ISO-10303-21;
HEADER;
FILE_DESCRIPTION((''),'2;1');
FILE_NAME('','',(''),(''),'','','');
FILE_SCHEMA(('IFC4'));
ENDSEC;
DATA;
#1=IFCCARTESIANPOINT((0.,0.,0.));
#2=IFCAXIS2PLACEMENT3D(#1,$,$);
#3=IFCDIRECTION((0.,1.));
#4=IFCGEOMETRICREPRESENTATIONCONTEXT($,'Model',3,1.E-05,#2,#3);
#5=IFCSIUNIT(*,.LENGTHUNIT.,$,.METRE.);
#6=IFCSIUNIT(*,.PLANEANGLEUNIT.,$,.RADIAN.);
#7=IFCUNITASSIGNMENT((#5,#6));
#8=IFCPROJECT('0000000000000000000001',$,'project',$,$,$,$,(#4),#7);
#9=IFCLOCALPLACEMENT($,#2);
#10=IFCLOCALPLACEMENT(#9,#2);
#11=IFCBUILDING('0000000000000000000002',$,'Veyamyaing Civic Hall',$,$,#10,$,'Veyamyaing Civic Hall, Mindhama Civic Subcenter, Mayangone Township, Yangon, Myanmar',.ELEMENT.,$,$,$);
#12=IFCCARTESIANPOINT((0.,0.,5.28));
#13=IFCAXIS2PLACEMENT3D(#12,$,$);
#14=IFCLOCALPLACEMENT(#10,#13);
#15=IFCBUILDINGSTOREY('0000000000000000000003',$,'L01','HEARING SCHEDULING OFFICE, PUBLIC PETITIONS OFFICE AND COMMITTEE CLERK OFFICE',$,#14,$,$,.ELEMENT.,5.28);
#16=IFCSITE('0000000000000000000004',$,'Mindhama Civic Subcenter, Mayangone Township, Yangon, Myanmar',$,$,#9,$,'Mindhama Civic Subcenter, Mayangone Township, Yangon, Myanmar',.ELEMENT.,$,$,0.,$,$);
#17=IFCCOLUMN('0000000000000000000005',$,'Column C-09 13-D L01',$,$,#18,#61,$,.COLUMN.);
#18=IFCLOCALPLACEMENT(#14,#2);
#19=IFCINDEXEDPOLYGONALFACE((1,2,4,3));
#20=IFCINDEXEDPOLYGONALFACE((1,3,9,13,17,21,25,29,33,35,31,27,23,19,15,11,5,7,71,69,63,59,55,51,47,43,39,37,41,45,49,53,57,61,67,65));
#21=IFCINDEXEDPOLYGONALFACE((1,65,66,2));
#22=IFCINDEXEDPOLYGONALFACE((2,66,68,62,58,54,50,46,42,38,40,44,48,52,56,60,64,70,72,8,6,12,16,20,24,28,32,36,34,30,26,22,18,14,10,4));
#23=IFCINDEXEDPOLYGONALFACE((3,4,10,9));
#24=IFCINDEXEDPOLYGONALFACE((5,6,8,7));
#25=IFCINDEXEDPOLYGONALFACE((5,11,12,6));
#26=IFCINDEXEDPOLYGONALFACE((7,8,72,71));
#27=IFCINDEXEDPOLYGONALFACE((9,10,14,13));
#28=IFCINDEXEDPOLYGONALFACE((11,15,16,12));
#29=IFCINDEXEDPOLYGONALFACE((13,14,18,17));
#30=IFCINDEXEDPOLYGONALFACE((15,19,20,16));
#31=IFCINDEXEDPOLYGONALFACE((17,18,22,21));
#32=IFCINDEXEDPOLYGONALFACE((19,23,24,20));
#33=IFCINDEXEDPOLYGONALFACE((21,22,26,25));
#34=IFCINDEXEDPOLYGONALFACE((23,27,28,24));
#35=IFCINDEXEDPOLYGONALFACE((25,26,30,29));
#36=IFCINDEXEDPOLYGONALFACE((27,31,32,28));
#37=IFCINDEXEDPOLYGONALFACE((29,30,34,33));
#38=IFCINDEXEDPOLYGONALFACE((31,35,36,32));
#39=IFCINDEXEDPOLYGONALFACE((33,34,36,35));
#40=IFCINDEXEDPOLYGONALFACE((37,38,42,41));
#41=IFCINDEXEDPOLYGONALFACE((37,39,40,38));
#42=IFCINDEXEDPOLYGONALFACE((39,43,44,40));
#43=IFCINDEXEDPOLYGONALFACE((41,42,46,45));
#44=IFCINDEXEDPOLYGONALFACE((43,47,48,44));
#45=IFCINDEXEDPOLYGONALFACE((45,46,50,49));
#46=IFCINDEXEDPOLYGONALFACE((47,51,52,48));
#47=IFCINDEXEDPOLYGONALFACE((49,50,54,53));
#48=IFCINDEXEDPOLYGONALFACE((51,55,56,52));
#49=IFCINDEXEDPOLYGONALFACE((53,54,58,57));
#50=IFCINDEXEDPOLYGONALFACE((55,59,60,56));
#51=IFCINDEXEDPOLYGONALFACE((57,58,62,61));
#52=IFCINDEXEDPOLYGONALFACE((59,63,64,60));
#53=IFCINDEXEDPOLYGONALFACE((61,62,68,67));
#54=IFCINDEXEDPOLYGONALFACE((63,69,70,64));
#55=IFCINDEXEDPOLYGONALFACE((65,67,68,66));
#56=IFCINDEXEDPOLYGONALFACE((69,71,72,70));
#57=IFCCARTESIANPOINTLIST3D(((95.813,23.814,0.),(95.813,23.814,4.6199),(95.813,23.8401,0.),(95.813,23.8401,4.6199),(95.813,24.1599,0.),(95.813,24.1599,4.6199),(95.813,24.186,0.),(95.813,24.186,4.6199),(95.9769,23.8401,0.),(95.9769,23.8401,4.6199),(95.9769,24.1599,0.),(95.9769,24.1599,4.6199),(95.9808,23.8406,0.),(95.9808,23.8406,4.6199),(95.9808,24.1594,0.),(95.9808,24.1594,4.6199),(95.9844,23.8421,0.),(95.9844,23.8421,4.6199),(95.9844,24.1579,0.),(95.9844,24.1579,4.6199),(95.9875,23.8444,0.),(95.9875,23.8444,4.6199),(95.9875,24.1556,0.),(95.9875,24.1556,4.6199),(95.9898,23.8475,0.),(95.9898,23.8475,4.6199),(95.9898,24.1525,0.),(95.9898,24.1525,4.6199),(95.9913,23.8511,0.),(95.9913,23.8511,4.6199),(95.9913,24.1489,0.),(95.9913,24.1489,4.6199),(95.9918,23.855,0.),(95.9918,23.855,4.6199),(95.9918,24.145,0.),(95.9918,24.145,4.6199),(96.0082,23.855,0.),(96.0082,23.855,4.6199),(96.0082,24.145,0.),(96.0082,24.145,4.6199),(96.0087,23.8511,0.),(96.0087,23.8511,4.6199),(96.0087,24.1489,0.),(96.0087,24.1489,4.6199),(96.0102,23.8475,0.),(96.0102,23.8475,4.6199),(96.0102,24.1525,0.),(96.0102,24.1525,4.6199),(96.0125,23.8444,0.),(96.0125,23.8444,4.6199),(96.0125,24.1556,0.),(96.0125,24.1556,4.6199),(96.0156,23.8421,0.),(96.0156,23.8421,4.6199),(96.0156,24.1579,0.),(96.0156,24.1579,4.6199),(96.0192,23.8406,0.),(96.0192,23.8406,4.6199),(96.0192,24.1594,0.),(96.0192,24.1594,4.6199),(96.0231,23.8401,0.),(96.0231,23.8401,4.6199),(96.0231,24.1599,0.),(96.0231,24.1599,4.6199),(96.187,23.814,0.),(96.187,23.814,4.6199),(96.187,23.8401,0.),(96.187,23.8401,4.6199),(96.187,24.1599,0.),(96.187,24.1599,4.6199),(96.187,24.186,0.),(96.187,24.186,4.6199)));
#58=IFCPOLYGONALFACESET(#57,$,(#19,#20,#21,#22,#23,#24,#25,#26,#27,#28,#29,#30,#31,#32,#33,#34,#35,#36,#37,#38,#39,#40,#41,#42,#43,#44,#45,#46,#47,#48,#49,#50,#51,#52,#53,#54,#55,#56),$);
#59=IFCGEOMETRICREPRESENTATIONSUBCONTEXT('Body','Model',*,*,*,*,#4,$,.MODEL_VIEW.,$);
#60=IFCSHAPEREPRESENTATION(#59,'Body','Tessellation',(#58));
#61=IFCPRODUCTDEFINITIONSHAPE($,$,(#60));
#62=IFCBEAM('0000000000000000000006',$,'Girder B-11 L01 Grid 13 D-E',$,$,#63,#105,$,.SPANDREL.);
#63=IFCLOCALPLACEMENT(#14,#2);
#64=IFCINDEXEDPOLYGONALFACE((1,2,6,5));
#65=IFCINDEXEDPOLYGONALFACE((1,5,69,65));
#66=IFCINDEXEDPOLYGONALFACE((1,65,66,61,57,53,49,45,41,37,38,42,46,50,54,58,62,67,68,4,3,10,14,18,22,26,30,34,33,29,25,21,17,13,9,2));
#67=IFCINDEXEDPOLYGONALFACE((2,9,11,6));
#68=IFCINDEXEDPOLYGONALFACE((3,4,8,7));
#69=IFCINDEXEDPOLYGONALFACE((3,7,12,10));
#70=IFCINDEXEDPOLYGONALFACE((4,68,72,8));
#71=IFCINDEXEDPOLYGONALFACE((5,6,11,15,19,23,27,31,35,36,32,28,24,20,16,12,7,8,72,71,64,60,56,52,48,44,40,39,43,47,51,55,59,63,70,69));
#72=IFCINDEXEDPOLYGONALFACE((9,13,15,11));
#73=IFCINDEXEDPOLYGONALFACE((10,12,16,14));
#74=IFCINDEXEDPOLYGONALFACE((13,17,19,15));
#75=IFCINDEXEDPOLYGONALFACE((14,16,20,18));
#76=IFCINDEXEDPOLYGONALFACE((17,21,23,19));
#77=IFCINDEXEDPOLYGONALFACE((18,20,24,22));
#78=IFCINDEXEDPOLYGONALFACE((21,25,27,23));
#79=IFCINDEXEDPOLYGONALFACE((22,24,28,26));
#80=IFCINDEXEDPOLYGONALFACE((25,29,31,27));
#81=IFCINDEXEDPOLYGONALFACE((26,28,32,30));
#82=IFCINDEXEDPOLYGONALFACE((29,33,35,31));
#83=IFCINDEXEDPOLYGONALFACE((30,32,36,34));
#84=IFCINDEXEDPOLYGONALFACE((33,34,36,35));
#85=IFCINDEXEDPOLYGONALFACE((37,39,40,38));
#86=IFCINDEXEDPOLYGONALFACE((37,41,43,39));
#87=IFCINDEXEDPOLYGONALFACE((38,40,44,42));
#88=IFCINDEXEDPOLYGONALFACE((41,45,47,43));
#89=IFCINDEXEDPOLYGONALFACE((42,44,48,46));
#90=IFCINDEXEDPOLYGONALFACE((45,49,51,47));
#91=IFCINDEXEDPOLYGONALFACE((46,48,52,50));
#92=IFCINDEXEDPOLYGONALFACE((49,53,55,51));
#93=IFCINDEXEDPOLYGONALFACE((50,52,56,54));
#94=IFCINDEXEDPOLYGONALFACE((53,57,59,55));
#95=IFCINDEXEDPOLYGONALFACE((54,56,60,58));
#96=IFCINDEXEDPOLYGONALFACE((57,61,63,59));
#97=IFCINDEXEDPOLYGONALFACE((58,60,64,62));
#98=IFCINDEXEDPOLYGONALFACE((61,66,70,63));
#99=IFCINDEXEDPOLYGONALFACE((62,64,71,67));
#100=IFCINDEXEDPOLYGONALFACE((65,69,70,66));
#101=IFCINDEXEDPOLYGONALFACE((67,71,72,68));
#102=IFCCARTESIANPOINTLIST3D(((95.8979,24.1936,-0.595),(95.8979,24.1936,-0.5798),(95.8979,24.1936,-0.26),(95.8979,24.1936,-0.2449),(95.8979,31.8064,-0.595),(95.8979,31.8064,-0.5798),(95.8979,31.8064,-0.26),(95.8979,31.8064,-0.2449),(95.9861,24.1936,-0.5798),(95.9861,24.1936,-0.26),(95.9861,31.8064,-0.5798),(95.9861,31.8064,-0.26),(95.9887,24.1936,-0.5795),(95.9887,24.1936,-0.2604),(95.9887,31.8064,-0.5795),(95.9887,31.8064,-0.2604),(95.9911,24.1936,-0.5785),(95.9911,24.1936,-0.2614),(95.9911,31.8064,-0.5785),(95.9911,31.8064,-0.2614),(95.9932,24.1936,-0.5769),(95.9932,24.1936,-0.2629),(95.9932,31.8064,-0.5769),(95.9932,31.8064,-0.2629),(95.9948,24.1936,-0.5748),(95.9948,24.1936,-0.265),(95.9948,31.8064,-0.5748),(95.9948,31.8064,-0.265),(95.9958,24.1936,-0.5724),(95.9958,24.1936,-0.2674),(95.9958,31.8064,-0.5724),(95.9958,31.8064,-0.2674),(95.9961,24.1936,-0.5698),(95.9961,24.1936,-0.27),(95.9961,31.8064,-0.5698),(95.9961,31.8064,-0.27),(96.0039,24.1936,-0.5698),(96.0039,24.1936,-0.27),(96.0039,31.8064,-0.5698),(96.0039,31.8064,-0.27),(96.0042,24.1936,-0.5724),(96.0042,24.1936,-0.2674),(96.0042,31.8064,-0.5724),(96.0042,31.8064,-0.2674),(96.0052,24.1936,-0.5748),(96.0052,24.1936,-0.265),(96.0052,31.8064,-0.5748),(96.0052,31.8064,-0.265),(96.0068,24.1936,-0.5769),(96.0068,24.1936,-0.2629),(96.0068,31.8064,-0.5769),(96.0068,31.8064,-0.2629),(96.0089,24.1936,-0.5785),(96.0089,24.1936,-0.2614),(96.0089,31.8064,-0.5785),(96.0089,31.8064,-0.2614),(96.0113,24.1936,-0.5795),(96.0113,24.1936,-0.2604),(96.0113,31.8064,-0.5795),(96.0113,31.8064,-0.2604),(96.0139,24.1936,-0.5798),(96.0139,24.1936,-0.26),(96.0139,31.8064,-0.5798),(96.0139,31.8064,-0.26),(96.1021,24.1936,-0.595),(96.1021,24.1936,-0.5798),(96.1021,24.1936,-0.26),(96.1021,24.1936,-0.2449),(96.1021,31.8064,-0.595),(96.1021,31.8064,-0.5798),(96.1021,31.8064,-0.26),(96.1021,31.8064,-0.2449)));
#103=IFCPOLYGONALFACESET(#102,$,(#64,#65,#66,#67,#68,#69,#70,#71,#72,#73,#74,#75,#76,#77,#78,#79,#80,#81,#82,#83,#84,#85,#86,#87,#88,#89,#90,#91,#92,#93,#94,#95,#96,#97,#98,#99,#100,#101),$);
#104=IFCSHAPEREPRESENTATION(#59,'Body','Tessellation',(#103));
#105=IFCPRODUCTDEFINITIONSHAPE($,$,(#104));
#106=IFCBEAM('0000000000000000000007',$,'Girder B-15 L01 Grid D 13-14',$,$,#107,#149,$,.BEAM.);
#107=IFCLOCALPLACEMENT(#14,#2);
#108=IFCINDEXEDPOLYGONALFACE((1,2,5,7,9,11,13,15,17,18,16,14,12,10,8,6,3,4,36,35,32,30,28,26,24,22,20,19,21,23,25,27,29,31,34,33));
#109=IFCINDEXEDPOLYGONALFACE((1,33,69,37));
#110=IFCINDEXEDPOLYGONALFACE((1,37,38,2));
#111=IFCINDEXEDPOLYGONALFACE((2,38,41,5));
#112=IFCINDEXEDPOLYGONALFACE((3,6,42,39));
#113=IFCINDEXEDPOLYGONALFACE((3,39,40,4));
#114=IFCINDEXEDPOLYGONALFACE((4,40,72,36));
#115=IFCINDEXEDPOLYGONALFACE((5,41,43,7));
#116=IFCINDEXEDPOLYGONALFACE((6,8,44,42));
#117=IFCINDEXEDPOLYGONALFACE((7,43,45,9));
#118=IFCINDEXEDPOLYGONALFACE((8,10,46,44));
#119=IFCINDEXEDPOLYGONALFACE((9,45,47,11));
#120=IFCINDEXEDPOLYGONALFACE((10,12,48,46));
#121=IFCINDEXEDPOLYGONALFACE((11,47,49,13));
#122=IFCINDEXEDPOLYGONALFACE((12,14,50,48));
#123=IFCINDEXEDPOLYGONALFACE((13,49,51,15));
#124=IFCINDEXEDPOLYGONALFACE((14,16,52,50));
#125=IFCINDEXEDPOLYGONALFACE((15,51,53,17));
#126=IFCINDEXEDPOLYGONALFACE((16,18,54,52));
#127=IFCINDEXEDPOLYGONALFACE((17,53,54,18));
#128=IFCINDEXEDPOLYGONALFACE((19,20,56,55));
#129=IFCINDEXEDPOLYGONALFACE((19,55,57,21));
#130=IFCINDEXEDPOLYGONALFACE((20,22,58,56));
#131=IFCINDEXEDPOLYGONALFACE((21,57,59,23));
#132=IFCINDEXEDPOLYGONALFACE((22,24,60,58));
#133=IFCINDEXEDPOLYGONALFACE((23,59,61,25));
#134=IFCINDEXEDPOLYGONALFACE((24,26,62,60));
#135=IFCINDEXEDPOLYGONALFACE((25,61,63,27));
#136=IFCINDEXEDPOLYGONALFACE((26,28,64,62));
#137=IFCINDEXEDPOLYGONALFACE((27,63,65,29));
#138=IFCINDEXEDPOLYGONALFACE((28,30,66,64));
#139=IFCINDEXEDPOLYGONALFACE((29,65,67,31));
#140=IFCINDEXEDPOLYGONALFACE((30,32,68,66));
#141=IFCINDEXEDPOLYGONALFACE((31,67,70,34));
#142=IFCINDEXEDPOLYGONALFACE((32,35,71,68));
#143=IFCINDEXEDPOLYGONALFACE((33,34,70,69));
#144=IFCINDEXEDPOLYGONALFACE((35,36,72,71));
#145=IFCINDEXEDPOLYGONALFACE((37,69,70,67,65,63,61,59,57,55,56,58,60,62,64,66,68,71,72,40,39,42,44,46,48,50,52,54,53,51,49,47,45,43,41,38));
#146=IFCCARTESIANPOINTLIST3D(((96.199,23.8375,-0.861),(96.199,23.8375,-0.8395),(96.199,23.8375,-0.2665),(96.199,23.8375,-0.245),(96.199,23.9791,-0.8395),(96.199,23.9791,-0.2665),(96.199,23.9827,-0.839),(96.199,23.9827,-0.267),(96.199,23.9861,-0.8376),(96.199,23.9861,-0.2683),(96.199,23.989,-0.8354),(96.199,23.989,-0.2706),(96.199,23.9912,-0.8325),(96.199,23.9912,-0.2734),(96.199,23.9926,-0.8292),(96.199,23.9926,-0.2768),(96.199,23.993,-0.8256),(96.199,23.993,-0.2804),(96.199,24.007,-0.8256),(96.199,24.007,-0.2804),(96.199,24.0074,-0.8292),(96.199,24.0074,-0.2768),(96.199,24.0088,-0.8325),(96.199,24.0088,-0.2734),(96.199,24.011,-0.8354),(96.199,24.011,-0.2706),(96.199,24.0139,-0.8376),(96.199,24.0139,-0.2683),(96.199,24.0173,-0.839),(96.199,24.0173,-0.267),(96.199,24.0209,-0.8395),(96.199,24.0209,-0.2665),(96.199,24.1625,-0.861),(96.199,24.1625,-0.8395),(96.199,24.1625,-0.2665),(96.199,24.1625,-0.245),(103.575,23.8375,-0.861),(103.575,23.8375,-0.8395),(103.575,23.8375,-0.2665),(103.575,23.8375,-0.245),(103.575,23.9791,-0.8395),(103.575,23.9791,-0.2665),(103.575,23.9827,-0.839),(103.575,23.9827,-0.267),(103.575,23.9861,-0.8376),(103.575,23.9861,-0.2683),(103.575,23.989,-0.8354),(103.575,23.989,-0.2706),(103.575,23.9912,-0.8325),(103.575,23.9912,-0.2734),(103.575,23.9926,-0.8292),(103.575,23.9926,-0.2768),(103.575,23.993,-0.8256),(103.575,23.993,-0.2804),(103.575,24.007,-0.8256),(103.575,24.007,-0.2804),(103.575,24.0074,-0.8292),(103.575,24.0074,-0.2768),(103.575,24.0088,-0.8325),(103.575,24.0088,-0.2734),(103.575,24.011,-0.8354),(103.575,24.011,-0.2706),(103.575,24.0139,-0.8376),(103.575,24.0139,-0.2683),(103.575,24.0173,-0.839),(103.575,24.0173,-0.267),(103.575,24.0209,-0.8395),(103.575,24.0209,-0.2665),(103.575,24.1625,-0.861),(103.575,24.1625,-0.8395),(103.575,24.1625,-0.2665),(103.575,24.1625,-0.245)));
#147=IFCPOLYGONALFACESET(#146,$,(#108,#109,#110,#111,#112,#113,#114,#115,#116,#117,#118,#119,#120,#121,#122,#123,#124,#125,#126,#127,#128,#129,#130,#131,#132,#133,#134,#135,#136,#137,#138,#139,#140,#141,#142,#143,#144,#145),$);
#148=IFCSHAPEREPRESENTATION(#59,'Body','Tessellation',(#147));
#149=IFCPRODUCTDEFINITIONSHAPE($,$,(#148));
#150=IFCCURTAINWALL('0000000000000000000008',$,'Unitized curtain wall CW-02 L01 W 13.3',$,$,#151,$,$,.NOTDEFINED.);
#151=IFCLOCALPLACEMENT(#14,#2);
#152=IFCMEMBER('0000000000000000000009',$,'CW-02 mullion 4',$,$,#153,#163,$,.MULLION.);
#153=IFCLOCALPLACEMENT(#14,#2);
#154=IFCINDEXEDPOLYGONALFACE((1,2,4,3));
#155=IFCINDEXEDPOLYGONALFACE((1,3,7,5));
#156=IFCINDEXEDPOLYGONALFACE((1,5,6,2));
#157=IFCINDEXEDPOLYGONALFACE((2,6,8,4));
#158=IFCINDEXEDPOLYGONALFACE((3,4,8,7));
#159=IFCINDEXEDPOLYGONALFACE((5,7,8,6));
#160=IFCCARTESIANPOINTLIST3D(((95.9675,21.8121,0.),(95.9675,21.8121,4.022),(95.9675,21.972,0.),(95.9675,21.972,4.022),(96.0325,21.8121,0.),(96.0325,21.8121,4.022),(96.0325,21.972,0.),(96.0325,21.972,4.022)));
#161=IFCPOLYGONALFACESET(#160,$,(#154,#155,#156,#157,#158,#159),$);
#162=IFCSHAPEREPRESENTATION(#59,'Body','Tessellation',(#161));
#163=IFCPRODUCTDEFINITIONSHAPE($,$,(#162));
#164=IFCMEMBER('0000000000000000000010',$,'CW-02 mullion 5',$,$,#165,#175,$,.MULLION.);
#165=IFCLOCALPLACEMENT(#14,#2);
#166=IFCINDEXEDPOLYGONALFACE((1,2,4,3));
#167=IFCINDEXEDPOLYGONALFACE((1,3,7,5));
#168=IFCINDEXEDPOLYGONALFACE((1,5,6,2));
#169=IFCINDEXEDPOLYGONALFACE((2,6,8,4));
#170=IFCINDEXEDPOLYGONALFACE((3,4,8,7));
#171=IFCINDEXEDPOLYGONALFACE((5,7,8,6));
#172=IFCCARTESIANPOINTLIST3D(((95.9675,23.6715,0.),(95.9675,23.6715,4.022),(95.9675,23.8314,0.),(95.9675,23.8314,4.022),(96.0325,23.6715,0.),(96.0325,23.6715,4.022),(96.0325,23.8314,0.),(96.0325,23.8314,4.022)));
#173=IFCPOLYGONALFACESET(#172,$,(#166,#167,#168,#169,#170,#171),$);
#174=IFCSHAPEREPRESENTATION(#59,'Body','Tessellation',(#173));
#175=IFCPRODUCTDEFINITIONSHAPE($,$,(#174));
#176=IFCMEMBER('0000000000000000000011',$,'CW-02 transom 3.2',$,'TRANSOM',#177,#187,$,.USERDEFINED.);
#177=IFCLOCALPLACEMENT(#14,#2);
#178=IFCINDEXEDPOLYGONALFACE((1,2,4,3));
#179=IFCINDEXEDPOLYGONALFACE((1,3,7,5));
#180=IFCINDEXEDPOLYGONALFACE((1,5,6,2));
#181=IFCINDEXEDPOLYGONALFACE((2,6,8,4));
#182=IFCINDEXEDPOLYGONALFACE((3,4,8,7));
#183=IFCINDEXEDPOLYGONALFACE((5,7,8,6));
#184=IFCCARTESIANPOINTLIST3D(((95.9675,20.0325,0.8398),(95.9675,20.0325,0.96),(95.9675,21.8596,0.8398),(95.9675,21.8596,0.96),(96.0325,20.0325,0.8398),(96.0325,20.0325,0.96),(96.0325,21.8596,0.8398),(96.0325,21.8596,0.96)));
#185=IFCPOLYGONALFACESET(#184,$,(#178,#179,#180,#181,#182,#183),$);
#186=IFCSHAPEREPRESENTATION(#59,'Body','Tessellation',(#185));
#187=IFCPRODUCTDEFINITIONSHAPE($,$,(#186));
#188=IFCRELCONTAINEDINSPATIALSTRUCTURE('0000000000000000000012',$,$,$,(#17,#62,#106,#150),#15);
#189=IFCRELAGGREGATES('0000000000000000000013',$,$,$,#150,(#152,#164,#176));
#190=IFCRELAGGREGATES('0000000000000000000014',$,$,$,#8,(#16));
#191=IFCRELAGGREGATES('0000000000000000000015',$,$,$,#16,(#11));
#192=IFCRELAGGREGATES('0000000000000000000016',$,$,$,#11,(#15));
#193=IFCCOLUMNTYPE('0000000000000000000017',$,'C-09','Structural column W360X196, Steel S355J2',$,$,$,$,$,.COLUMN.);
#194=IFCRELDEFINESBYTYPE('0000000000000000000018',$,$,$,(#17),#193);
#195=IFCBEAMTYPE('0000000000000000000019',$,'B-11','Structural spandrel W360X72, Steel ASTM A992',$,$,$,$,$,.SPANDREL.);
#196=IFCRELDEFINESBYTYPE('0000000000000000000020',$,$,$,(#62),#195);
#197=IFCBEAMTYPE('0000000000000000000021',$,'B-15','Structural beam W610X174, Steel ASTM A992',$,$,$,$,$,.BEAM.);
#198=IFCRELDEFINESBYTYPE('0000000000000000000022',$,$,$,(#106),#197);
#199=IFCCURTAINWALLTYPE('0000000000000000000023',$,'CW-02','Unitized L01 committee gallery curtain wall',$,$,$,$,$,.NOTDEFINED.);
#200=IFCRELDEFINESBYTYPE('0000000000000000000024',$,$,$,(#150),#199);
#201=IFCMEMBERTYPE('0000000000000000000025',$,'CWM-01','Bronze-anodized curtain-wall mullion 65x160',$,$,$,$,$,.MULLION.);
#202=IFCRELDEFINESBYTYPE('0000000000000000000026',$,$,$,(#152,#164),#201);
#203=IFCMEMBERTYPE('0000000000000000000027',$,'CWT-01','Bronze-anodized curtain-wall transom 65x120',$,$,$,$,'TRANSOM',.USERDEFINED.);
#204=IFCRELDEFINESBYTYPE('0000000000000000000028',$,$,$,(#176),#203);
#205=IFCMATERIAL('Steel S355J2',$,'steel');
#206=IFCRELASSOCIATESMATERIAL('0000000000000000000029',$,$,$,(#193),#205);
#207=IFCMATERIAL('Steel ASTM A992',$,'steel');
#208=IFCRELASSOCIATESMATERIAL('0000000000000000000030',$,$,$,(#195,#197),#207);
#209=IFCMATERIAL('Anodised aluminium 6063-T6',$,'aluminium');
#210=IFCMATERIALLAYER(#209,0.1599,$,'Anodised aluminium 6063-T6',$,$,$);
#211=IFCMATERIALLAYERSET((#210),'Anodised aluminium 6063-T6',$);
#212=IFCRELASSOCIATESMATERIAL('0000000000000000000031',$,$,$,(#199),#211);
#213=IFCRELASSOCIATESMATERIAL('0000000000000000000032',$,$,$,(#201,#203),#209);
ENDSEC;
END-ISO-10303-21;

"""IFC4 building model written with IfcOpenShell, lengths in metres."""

from ifc_helpers import new_model, si_unit, direction, frame, origin, origin_2d, place, context, subcontext, project, spatial, rectangle, i_section, extrude, material, layer, layer_set, material_profile, profile_set, type_object, element, aggregate, save


model = new_model("IFC4")

# Units and contexts
model_context = context("Model", 3, precision=1e-05, world=origin(), true_north=direction((0.0, 1.0)))
body_context = subcontext(model_context, "Body", "Model", "MODEL_VIEW")
ifc_project = project(units=[si_unit("LENGTHUNIT", "METRE"), si_unit("PLANEANGLEUNIT", "RADIAN")], contexts=[model_context])

# Site, building, storey
site_placement = place(None, origin())
site = spatial("IfcSite", under=ifc_project, at=site_placement, Name="Mindhama Civic Subcenter, Mayangone Township, Yangon, Myanmar", LongName="Mindhama Civic Subcenter, Mayangone Township, Yangon, Myanmar", CompositionType="ELEMENT", RefElevation=0.0)
building_placement = place(site_placement, origin())
building = spatial("IfcBuilding", under=site, at=building_placement, Name="Veyamyaing Civic Hall", LongName="Veyamyaing Civic Hall, Mindhama Civic Subcenter, Mayangone Township, Yangon, Myanmar", CompositionType="ELEMENT")
storey_placement = place(building_placement, frame((0.0, 0.0, 5.28)))
storey = spatial("IfcBuildingStorey", under=building, at=storey_placement, Name="L01", Description="HEARING SCHEDULING OFFICE, PUBLIC PETITIONS OFFICE AND COMMITTEE CLERK OFFICE", CompositionType="ELEMENT", Elevation=5.28)

# Column
ifc_material_1 = material(Name="Steel S355J2", Category="steel")
ifc_material_profile_1 = material_profile(ifc_material_1, i_section(OverallWidth=0.374, OverallDepth=0.3721, WebThickness=0.0164, FlangeThickness=0.0261, FilletRadius=0.0149, at=origin_2d()), Name="W360X196")
ifc_profile_set_1 = profile_set([ifc_material_profile_1], Name="Steel S355J2")
column_type = type_object("IfcColumnType", Name="C-09", Description="Structural column W360X196, Steel S355J2", PredefinedType="COLUMN", material=ifc_profile_set_1)
column_placement = place(storey_placement, frame((96.0, 24.0, 0.0), z_axis=(0.0, 0.0, 1.0), x_axis=(1.0, 0.0, 0.0)))
element("IfcColumn", 1, at=column_placement, inside=storey, type_object=column_type, Name="Column C-09 13-D L01", PredefinedType="COLUMN", context=body_context, shape_type="SweptSolid", body=[
    extrude(i_section(OverallWidth=0.374, OverallDepth=0.3721, WebThickness=0.0164, FlangeThickness=0.0261, FilletRadius=0.0149, at=origin_2d()), origin(), (0.0, 0.0, 1.0), 4.6199),
])

# Beams
ifc_material_2 = material(Name="Steel ASTM A992", Category="steel")
ifc_material_profile_2 = material_profile(ifc_material_2, i_section(OverallWidth=0.2041, OverallDepth=0.3501, WebThickness=0.0078, FlangeThickness=0.0151, FilletRadius=0.01, at=origin_2d()), Name="W360X72")
ifc_profile_set_2 = profile_set([ifc_material_profile_2], Name="Steel ASTM A992")
beam_type_1 = type_object("IfcBeamType", Name="B-11", Description="Structural spandrel W360X72, Steel ASTM A992", PredefinedType="SPANDREL", material=ifc_profile_set_2)
beam_1_placement = place(storey_placement, frame((96.0, 24.1936, -0.4199), z_axis=(0.0, 1.0, 0.0), x_axis=(-1.0, 0.0, 0.0)))
element("IfcBeam", 2, at=beam_1_placement, inside=storey, type_object=beam_type_1, Name="Girder B-11 L01 Grid 13 D-E", PredefinedType="SPANDREL", context=body_context, shape_type="SweptSolid", body=[
    extrude(i_section(OverallWidth=0.2041, OverallDepth=0.3501, WebThickness=0.0078, FlangeThickness=0.0151, FilletRadius=0.01, at=origin_2d()), origin(), (0.0, 0.0, 1.0), 7.6128),
])
ifc_material_profile_3 = material_profile(ifc_material_2, i_section(OverallWidth=0.325, OverallDepth=0.616, WebThickness=0.0139, FlangeThickness=0.0215, FilletRadius=0.0139, at=origin_2d()), Name="W610X174")
ifc_profile_set_3 = profile_set([ifc_material_profile_3], Name="Steel ASTM A992")
beam_type_2 = type_object("IfcBeamType", Name="B-15", Description="Structural beam W610X174, Steel ASTM A992", PredefinedType="BEAM", material=ifc_profile_set_3)
beam_2_placement = place(storey_placement, frame((96.199, 24.0, -0.553), z_axis=(1.0, 0.0, 0.0), x_axis=(0.0, 1.0, 0.0)))
element("IfcBeam", 3, at=beam_2_placement, inside=storey, type_object=beam_type_2, Name="Girder B-15 L01 Grid D 13-14", PredefinedType="BEAM", context=body_context, shape_type="SweptSolid", body=[
    extrude(i_section(OverallWidth=0.325, OverallDepth=0.616, WebThickness=0.0139, FlangeThickness=0.0215, FilletRadius=0.0139, at=origin_2d()), origin(), (0.0, 0.0, 1.0), 7.376),
])

# Curtain wall, members
ifc_material_3 = material(Name="Anodised aluminium 6063-T6", Category="aluminium")
ifc_layer_1 = layer(ifc_material_3, 0.1599, Name="Anodised aluminium 6063-T6")
ifc_layer_set_1 = layer_set([ifc_layer_1], Name="Anodised aluminium 6063-T6")
curtain_wall_type = type_object("IfcCurtainWallType", Name="CW-02", Description="Unitized L01 committee gallery curtain wall", PredefinedType="NOTDEFINED", material=ifc_layer_set_1)
curtain_wall_placement = place(storey_placement, origin())
curtain_wall = element("IfcCurtainWall", 4, at=curtain_wall_placement, inside=storey, type_object=curtain_wall_type, Name="Unitized curtain wall CW-02 L01 W 13.3", PredefinedType="NOTDEFINED")
ifc_material_profile_4 = material_profile(ifc_material_3, rectangle(XDim=0.0649, YDim=0.1599, at=origin_2d()), Name="ALU-MUL-65X160")
ifc_profile_set_4 = profile_set([ifc_material_profile_4], Name="Anodised aluminium 6063-T6")
member_type_1 = type_object("IfcMemberType", Name="CWM-01", Description="Bronze-anodized curtain-wall mullion 65x160", PredefinedType="MULLION", material=ifc_profile_set_4)
member_1_placement = place(storey_placement, frame((96.0, 21.8921, 0.0), z_axis=(0.0, 0.0, 1.0), x_axis=(-1.0, 0.0, 0.0)))
member_1 = element("IfcMember", 5, at=member_1_placement, type_object=member_type_1, Name="CW-02 mullion 4", PredefinedType="MULLION", context=body_context, shape_type="SweptSolid", body=[
    extrude(rectangle(XDim=0.0649, YDim=0.1599, at=origin_2d()), origin(), (0.0, 0.0, 1.0), 4.022),
])
member_2_placement = place(storey_placement, frame((96.0, 23.7515, 0.0), z_axis=(0.0, 0.0, 1.0), x_axis=(-1.0, 0.0, 0.0)))
member_2 = element("IfcMember", 6, at=member_2_placement, type_object=member_type_1, Name="CW-02 mullion 5", PredefinedType="MULLION", context=body_context, shape_type="SweptSolid", body=[
    extrude(rectangle(XDim=0.0649, YDim=0.1599, at=origin_2d()), origin(), (0.0, 0.0, 1.0), 4.022),
])
ifc_material_profile_5 = material_profile(ifc_material_3, rectangle(XDim=0.0649, YDim=0.1201, at=origin_2d()), Name="ALU-TRN-65X120")
ifc_profile_set_5 = profile_set([ifc_material_profile_5], Name="Anodised aluminium 6063-T6")
member_type_2 = type_object("IfcMemberType", Name="CWT-01", Description="Bronze-anodized curtain-wall transom 65x120", ElementType="TRANSOM", PredefinedType="USERDEFINED", material=ifc_profile_set_5)
member_3_placement = place(storey_placement, frame((96.0, 20.0325, 0.8999), z_axis=(0.0, 1.0, 0.0), x_axis=(-1.0, 0.0, 0.0)))
member_3 = element("IfcMember", 7, at=member_3_placement, type_object=member_type_2, Name="CW-02 transom 3.2", ObjectType="TRANSOM", PredefinedType="USERDEFINED", context=body_context, shape_type="SweptSolid", body=[
    extrude(rectangle(XDim=0.0649, YDim=0.1201, at=origin_2d()), origin(), (0.0, 0.0, 1.0), 1.8271),
])
aggregate(curtain_wall, [member_1, member_2, member_3])

save(model, "model.ifc")
